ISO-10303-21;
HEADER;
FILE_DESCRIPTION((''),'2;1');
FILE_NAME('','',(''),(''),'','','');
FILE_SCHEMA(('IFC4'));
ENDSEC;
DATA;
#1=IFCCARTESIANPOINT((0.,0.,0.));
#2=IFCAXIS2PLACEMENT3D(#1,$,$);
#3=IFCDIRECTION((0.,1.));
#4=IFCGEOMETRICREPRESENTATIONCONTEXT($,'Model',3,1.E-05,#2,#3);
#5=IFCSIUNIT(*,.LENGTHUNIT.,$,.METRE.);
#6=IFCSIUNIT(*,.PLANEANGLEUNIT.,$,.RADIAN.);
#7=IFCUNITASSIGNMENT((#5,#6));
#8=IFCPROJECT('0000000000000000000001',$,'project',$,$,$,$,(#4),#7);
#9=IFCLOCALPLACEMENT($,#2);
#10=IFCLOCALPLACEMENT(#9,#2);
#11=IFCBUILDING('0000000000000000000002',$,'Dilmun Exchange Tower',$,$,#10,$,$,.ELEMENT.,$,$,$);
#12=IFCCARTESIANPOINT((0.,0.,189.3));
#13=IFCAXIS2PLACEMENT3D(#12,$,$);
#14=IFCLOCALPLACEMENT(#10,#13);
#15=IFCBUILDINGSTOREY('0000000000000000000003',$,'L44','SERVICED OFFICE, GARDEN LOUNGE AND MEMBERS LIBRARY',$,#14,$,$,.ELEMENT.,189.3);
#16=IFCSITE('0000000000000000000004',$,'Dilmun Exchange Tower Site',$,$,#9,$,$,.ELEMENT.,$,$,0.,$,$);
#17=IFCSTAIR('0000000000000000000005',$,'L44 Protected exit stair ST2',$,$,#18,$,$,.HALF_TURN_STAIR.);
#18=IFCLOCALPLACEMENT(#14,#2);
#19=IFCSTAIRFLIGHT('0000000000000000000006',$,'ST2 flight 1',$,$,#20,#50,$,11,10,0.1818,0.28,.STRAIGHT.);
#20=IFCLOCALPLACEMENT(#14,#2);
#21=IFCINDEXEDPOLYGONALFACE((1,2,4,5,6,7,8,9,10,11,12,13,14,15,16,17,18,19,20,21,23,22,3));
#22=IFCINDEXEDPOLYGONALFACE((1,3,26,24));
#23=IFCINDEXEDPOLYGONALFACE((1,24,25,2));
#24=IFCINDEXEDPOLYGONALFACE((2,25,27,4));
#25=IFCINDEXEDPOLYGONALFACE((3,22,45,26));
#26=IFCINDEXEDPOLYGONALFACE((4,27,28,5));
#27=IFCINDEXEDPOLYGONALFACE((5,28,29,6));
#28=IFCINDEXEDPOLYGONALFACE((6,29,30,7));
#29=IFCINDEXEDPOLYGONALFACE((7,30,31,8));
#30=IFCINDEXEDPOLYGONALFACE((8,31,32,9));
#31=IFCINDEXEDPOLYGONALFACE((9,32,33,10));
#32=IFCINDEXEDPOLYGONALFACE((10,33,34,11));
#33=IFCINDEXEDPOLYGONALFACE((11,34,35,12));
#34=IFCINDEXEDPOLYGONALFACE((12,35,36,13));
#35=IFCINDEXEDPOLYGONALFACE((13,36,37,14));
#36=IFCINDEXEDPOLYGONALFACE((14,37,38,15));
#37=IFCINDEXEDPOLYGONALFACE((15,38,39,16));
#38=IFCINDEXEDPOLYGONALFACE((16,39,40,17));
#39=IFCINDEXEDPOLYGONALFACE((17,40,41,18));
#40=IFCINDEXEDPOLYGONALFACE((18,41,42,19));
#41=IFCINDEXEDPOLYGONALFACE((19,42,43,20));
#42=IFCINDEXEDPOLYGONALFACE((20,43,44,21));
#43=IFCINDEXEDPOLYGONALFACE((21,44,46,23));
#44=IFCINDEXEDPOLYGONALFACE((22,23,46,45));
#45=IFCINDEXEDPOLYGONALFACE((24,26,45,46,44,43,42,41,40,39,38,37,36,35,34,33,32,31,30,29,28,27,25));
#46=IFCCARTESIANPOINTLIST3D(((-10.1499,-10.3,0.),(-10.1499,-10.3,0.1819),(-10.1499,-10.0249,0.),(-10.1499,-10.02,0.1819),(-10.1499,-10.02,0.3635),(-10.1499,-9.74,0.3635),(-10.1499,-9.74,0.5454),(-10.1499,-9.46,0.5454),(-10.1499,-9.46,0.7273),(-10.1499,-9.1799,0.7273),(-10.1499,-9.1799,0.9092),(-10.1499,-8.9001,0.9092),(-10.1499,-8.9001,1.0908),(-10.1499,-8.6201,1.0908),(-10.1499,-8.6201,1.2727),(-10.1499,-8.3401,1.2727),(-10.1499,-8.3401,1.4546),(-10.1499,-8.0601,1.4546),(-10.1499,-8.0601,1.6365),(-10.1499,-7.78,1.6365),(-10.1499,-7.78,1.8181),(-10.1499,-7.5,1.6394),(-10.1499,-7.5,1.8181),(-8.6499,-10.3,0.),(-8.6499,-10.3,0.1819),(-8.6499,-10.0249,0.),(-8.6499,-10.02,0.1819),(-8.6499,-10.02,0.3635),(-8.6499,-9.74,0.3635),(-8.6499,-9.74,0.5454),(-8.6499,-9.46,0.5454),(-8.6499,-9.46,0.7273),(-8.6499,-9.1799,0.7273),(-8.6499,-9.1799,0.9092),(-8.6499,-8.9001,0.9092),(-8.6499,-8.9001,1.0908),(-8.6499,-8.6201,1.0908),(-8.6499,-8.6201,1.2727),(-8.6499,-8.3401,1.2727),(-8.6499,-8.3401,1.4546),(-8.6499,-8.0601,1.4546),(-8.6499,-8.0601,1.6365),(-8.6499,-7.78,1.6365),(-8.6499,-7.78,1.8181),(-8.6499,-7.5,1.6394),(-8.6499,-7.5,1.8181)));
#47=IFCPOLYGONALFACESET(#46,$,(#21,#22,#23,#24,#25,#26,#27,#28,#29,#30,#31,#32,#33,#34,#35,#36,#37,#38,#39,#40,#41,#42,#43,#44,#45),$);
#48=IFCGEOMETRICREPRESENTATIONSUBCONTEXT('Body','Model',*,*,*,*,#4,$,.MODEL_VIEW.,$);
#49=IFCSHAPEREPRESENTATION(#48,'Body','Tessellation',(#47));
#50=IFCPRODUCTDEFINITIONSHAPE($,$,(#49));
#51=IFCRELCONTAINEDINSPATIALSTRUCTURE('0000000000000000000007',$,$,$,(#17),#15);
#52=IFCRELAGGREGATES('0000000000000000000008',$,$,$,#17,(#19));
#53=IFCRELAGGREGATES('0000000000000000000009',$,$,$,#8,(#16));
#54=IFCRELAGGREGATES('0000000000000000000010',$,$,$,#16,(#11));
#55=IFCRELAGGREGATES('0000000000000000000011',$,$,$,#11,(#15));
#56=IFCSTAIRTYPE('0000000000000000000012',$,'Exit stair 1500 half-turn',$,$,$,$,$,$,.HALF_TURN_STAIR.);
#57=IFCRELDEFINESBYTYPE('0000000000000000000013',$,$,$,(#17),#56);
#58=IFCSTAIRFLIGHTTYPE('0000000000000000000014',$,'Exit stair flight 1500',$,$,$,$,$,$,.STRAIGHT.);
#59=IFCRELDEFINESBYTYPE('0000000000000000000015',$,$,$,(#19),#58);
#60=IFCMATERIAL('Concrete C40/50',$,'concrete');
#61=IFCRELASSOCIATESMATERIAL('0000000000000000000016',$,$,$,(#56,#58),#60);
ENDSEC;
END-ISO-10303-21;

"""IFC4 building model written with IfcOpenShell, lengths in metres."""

from ifc_helpers import new_model, si_unit, direction, frame, origin, place, context, subcontext, project, spatial, polyline, outline, extrude, material, type_object, element, aggregate, save


model = new_model("IFC4")

# Units and contexts
model_context = context("Model", 3, precision=1e-05, world=origin(), true_north=direction((0.0, 1.0)))
body_context = subcontext(model_context, "Body", "Model", "MODEL_VIEW")
ifc_project = project(units=[si_unit("LENGTHUNIT", "METRE"), si_unit("PLANEANGLEUNIT", "RADIAN")], contexts=[model_context])

# Site, building, storey
site_placement = place(None, origin())
site = spatial("IfcSite", under=ifc_project, at=site_placement, Name="Dilmun Exchange Tower Site", CompositionType="ELEMENT", RefElevation=0.0)
building_placement = place(site_placement, origin())
building = spatial("IfcBuilding", under=site, at=building_placement, Name="Dilmun Exchange Tower", CompositionType="ELEMENT")
storey_placement = place(building_placement, frame((0.0, 0.0, 189.3)))
storey = spatial("IfcBuildingStorey", under=building, at=storey_placement, Name="L44", Description="SERVICED OFFICE, GARDEN LOUNGE AND MEMBERS LIBRARY", CompositionType="ELEMENT", Elevation=189.3)

# Shared definitions
ifc_material_1 = material(Name="Concrete C40/50", Category="concrete")

# Stair, stair flight
stair_type = type_object("IfcStairType", Name="Exit stair 1500 half-turn", PredefinedType="HALF_TURN_STAIR", material=ifc_material_1)
stair_placement = place(storey_placement, origin())
stair = element("IfcStair", 1, at=stair_placement, inside=storey, type_object=stair_type, Name="L44 Protected exit stair ST2", PredefinedType="HALF_TURN_STAIR")
stair_flight_type = type_object("IfcStairFlightType", Name="Exit stair flight 1500", PredefinedType="STRAIGHT", material=ifc_material_1)
stair_flight_placement = place(storey_placement, frame((-9.3999, -10.3, 0.0), z_axis=(0.0, 0.0, 1.0), x_axis=(0.0, 1.0, 0.0)))
stair_flight = element("IfcStairFlight", 2, at=stair_flight_placement, type_object=stair_flight_type, Name="ST2 flight 1", NumberOfRisers=11, NumberOfTreads=10, PredefinedType="STRAIGHT", RiserHeight=0.1818, TreadLength=0.28, context=body_context, shape_type="SweptSolid", body=[
    extrude(outline(polyline([(0.0, 0.0), (0.0, 0.1819), (0.28, 0.1819), (0.28, 0.3635), (0.5601, 0.3635), (0.5601, 0.5454), (0.8401, 0.5454), (0.8401, 0.7273), (1.1201, 0.7273), (1.1201, 0.9092), (1.3999, 0.9092), (1.3999, 1.0908), (1.6799, 1.0908), (1.6799, 1.2727), (1.96, 1.2727), (1.96, 1.4546), (2.24, 1.4546), (2.24, 1.6365), (2.52, 1.6365), (2.52, 1.8181), (2.8, 1.8181), (2.8, 2.0), (2.8, 1.6394), (0.2751, 0.0), (0.0, 0.0)])), frame((0.0, 0.75, 0.0), z_axis=(0.0, -1.0, 0.0), x_axis=(1.0, 0.0, 0.0)), (0.0, 0.0, 1.0), 1.5),
])
aggregate(stair, [stair_flight])

save(model, "model.ifc")
